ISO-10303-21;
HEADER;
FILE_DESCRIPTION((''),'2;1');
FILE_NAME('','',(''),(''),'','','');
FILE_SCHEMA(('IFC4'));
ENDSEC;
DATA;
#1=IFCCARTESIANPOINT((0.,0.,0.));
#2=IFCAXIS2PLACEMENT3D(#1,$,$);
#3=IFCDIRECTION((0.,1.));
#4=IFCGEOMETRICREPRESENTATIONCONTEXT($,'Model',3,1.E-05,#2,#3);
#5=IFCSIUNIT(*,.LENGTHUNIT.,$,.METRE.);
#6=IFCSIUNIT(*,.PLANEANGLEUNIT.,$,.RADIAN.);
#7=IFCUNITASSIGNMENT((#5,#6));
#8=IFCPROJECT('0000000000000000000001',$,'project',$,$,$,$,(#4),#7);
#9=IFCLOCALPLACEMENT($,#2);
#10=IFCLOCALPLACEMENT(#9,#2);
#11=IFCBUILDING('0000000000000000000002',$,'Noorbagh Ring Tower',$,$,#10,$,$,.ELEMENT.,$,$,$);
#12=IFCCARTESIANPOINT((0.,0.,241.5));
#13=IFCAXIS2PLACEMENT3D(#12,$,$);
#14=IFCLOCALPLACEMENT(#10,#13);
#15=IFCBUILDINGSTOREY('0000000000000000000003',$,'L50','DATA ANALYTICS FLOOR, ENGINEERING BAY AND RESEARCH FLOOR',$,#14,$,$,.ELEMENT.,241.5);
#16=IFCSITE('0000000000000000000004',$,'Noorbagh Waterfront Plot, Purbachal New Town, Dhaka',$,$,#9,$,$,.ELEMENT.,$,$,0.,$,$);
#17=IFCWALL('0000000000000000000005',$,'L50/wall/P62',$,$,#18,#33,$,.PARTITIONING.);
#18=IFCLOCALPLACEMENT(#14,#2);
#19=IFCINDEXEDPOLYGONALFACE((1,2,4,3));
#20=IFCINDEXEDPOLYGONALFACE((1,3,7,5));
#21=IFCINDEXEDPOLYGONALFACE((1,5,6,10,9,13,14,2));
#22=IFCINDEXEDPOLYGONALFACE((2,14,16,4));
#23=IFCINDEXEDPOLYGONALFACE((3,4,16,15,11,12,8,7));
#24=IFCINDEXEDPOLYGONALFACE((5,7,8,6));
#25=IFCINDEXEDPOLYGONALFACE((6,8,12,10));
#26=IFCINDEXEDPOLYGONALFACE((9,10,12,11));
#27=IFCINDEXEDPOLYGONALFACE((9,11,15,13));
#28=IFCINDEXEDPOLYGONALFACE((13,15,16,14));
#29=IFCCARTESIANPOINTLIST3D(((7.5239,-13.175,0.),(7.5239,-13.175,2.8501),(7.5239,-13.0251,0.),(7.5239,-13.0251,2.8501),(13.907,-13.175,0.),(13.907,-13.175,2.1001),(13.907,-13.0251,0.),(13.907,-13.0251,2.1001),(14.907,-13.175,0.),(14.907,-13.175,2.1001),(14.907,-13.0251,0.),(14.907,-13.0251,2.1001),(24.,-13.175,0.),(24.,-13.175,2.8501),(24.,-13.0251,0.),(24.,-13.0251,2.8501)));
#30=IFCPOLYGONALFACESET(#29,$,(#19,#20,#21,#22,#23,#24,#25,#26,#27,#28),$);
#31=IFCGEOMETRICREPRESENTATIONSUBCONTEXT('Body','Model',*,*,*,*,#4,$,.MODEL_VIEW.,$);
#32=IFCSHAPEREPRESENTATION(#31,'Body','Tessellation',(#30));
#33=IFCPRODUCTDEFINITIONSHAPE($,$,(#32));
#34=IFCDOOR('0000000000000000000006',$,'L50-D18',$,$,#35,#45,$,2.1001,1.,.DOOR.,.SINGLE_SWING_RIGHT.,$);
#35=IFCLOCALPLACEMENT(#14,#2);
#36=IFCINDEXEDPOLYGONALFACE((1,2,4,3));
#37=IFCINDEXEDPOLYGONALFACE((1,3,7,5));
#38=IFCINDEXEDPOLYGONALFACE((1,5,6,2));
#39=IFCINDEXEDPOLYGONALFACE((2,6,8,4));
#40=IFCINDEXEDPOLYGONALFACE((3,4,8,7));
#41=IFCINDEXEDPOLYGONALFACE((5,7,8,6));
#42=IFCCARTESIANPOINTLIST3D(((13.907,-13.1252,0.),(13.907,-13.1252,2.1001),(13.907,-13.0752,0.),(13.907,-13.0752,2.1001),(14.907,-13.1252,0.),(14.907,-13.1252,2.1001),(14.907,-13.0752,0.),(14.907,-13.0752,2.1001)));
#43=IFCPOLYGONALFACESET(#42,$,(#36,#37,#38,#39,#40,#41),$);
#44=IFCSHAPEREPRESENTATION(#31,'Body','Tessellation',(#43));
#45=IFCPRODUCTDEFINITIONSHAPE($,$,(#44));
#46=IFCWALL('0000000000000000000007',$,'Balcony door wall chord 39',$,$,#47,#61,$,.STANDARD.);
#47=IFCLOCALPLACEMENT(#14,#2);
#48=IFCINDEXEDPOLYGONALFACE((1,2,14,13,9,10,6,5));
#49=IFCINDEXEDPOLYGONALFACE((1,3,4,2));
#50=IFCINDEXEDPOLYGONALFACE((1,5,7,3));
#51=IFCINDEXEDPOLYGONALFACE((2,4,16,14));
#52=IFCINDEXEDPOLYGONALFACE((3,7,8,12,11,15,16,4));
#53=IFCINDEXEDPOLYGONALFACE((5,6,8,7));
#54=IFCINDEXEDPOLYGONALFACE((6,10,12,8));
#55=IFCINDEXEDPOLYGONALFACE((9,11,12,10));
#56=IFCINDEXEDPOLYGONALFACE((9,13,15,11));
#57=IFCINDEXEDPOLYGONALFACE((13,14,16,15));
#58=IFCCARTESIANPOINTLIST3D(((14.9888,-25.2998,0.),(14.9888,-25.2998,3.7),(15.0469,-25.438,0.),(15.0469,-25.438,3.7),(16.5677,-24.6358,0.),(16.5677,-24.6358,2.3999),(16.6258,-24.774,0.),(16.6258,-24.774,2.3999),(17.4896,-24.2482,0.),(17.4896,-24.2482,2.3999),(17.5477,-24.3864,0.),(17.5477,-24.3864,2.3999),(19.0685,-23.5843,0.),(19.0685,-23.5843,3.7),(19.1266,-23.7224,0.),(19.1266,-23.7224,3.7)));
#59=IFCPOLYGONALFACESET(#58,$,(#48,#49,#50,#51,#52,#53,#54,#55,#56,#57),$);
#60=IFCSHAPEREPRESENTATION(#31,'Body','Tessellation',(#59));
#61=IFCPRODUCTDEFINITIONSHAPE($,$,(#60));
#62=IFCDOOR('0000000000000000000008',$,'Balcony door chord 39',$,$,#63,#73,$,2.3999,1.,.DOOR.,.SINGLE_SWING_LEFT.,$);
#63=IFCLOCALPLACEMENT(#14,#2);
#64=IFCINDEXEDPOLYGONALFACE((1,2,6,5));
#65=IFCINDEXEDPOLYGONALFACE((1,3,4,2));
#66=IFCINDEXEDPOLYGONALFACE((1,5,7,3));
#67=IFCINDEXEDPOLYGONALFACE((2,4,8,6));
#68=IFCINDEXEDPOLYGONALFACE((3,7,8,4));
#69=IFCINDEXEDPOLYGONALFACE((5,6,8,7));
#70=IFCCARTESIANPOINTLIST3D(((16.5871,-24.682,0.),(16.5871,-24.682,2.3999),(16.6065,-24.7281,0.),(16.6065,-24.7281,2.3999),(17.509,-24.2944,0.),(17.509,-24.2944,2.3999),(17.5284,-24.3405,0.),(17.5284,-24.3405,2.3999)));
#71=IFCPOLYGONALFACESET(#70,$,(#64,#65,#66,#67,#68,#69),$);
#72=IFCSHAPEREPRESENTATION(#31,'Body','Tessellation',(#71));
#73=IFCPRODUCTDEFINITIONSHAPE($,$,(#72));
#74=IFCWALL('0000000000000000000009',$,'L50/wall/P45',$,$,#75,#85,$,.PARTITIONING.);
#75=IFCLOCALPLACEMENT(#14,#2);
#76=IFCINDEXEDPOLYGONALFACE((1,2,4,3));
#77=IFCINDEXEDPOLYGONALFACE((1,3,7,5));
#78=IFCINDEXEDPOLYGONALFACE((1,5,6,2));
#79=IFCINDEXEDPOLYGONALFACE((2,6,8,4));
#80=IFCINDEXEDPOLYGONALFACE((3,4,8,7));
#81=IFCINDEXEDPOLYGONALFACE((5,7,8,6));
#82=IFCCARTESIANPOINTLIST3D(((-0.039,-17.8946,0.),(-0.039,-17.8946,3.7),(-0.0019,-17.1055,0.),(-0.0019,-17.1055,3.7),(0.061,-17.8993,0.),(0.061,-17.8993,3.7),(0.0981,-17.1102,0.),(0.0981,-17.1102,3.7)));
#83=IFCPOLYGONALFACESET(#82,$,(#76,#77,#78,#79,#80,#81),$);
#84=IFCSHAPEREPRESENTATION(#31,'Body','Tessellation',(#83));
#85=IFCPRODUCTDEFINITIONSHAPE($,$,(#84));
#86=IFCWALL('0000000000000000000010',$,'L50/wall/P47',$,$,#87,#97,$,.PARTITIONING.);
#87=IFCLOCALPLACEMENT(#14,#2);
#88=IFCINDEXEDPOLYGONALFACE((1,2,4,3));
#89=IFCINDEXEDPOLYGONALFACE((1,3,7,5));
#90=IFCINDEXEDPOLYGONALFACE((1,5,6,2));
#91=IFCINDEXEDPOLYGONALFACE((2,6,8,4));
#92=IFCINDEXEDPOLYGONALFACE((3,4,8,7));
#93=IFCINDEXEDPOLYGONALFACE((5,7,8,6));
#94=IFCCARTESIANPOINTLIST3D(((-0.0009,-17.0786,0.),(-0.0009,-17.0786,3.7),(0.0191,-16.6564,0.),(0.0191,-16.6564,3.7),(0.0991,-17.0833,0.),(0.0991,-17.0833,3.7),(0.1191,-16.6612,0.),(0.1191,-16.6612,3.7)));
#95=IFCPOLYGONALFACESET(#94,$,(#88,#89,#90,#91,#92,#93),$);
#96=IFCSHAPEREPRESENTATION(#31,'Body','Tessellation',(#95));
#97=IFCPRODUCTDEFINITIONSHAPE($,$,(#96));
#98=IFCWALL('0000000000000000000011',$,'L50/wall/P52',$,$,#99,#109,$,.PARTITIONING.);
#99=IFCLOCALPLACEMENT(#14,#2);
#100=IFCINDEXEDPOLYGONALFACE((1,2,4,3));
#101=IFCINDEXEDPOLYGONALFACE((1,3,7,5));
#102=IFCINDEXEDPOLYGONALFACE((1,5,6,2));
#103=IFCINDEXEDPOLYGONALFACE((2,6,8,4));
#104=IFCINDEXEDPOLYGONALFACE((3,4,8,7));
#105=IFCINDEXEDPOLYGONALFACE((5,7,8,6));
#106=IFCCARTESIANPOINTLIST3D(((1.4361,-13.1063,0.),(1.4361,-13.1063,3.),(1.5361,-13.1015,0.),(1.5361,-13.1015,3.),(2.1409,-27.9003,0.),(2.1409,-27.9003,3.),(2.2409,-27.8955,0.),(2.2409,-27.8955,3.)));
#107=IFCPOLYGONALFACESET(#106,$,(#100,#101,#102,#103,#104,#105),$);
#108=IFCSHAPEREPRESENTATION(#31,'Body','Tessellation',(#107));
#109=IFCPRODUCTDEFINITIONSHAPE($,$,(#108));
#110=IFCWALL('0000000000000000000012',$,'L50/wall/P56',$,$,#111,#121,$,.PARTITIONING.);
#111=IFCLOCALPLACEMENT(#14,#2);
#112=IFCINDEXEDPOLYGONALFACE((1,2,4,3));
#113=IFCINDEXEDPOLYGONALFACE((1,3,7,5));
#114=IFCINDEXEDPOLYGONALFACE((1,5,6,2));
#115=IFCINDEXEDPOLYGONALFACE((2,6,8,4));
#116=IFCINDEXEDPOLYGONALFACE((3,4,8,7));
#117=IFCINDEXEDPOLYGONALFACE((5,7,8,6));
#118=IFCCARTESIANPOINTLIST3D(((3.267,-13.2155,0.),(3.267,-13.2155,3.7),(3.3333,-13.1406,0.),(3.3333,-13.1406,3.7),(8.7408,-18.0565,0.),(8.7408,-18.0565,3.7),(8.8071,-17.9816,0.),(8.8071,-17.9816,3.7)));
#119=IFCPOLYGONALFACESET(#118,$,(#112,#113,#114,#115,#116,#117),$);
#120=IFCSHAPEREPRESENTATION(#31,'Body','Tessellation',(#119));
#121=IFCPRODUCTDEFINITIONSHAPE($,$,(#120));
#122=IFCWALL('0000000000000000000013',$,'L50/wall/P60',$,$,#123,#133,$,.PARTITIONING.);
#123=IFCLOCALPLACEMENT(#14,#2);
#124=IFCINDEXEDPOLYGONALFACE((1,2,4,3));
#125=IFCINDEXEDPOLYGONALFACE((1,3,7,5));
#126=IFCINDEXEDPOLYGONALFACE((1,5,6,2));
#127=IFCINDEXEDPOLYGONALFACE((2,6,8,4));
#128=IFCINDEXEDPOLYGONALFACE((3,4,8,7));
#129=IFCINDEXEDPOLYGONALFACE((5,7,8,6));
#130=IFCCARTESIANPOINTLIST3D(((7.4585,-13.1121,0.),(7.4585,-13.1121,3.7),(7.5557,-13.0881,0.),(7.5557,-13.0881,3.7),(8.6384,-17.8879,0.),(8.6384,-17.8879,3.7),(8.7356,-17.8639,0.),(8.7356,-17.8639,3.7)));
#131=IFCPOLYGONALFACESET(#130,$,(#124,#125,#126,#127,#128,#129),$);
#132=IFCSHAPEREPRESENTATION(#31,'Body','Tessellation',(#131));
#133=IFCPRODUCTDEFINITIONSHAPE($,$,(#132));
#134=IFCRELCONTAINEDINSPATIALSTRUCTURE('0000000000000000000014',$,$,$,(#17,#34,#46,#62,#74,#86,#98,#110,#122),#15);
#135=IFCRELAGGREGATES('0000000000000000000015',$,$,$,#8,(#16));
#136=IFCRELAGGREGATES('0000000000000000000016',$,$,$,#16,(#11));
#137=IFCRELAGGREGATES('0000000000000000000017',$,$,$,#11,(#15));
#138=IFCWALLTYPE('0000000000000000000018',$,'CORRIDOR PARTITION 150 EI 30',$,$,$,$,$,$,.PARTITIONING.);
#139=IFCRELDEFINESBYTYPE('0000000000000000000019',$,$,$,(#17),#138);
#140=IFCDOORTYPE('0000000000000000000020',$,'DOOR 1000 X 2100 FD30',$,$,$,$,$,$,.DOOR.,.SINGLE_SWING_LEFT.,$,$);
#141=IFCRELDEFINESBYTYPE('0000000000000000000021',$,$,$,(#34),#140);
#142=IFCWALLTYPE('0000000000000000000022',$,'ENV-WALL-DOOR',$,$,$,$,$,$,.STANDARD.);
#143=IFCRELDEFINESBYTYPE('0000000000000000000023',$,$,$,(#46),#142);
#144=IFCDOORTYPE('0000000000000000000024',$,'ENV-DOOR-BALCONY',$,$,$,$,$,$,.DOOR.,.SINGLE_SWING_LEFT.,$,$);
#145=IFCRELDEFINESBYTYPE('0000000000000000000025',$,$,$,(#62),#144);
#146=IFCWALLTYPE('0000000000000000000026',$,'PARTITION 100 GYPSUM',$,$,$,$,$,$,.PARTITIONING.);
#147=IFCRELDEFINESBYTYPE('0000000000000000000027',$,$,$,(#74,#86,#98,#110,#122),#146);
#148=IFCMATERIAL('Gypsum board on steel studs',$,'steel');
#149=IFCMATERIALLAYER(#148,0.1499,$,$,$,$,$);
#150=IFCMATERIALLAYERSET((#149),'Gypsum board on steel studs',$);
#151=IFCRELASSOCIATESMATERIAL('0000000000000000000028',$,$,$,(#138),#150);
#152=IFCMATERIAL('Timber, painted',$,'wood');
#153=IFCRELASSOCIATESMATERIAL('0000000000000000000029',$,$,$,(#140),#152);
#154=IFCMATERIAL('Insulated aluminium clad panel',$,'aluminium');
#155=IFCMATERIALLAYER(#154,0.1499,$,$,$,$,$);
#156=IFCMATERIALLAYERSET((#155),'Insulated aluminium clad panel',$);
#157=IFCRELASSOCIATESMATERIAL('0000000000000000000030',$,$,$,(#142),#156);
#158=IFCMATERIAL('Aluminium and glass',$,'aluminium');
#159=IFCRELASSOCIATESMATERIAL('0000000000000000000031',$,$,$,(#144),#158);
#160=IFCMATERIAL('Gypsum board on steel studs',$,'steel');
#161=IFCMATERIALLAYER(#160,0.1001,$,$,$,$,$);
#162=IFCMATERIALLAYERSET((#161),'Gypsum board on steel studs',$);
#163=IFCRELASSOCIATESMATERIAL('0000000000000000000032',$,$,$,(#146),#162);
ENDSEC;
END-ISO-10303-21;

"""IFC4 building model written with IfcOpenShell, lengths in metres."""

from ifc_helpers import new_model, si_unit, direction, frame, frame_2d, origin, place, context, subcontext, project, spatial, rectangle, extrude, material, layer, layer_set, type_object, element, fill, save


model = new_model("IFC4")

# Units and contexts
model_context = context("Model", 3, precision=1e-05, world=origin(), true_north=direction((0.0, 1.0)))
body_context = subcontext(model_context, "Body", "Model", "MODEL_VIEW")
ifc_project = project(units=[si_unit("LENGTHUNIT", "METRE"), si_unit("PLANEANGLEUNIT", "RADIAN")], contexts=[model_context])

# Site, building, storey
site_placement = place(None, origin())
site = spatial("IfcSite", under=ifc_project, at=site_placement, Name="Noorbagh Waterfront Plot, Purbachal New Town, Dhaka", CompositionType="ELEMENT", RefElevation=0.0)
building_placement = place(site_placement, origin())
building = spatial("IfcBuilding", under=site, at=building_placement, Name="Noorbagh Ring Tower", CompositionType="ELEMENT")
storey_placement = place(building_placement, frame((0.0, 0.0, 241.5)))
storey = spatial("IfcBuildingStorey", under=building, at=storey_placement, Name="L50", Description="DATA ANALYTICS FLOOR, ENGINEERING BAY AND RESEARCH FLOOR", CompositionType="ELEMENT", Elevation=241.5)

# Shared definitions
ifc_material_1 = material(Name="Gypsum board on steel studs", Category="steel")
ifc_layer_1 = layer(ifc_material_1, 0.1499)
ifc_layer_set_1 = layer_set([ifc_layer_1], Name="Gypsum board on steel studs")
wall_type_1 = type_object("IfcWallType", Name="CORRIDOR PARTITION 150 EI 30", PredefinedType="PARTITIONING", material=ifc_layer_set_1)

# Walls, openings, doors
ifc_material_2 = material(Name="Timber, painted", Category="wood")
door_type_1 = type_object("IfcDoorType", Name="DOOR 1000 X 2100 FD30", OperationType="SINGLE_SWING_LEFT", PredefinedType="DOOR", material=ifc_material_2)
wall_1_placement = place(storey_placement, frame((7.5239, -13.1001, 0.0), z_axis=(0.0, 0.0, 1.0), x_axis=(1.0, 0.0, 0.0)))
wall_1 = element("IfcWall", 1, at=wall_1_placement, inside=storey, type_object=wall_type_1, Name="L50/wall/P62", PredefinedType="PARTITIONING", context=body_context, shape_type="SweptSolid", body=[
    extrude(rectangle(XDim=16.4761, YDim=0.1499, at=frame_2d((8.238, 0.0))), origin(), (0.0, 0.0, 1.0), 2.8501),
])
opening_1_placement = place(wall_1_placement, frame((6.3831, 0.0, 0.0)))
opening_1 = element("IfcOpeningElement", 2, at=opening_1_placement, cuts=wall_1, PredefinedType="OPENING", context=body_context, shape_type="SweptSolid", body=[
    extrude(rectangle(XDim=1.0, YDim=2.1001, at=frame_2d((0.5, 1.05))), frame((0.0, 0.085, 0.0), z_axis=(0.0, -1.0, 0.0), x_axis=(1.0, 0.0, 0.0)), (0.0, 0.0, 1.0), 0.1699),
])
door_1_placement = place(opening_1_placement, origin())
door_1 = element("IfcDoor", 3, at=door_1_placement, inside=storey, type_object=door_type_1, Name="L50-D18", OperationType="SINGLE_SWING_RIGHT", OverallHeight=2.1001, OverallWidth=1.0, PredefinedType="DOOR", context=body_context, shape_type="SweptSolid", body=[
    extrude(rectangle(XDim=1.0, YDim=2.1001, at=frame_2d((0.5, 1.05))), frame((0.0, 0.0249, 0.0), z_axis=(0.0, -1.0, 0.0), x_axis=(1.0, 0.0, 0.0)), (0.0, 0.0, 1.0), 0.05),
])
fill(opening_1, door_1)
ifc_material_3 = material(Name="Insulated aluminium clad panel", Category="aluminium")
ifc_layer_2 = layer(ifc_material_3, 0.1499)
ifc_layer_set_2 = layer_set([ifc_layer_2], Name="Insulated aluminium clad panel")
wall_type_2 = type_object("IfcWallType", Name="ENV-WALL-DOOR", PredefinedType="STANDARD", material=ifc_layer_set_2)
wall_2_placement = place(storey_placement, frame((15.0178, -25.3689, 0.0), z_axis=(0.0, 0.0, 1.0), x_axis=(0.921817, 0.387625, 0.0)))
wall_2 = element("IfcWall", 4, at=wall_2_placement, inside=storey, type_object=wall_type_2, Name="Balcony door wall chord 39", PredefinedType="STANDARD", context=body_context, shape_type="SweptSolid", body=[
    extrude(rectangle(XDim=4.4258, YDim=0.1499, at=frame_2d((2.2129, 0.0))), origin(), (0.0, 0.0, 1.0), 3.7),
])
opening_2_placement = place(wall_2_placement, frame((1.7129, 0.0, 0.0)))
opening_2 = element("IfcOpeningElement", 5, at=opening_2_placement, cuts=wall_2, PredefinedType="OPENING", context=body_context, shape_type="SweptSolid", body=[
    extrude(rectangle(XDim=1.0, YDim=2.3999, at=frame_2d((0.5, 1.2))), frame((0.0, 0.085, 0.0), z_axis=(0.0, -1.0, 0.0), x_axis=(1.0, 0.0, 0.0)), (0.0, 0.0, 1.0), 0.1699),
])
ifc_material_4 = material(Name="Aluminium and glass", Category="aluminium")
door_type_2 = type_object("IfcDoorType", Name="ENV-DOOR-BALCONY", OperationType="SINGLE_SWING_LEFT", PredefinedType="DOOR", material=ifc_material_4)
door_2_placement = place(opening_2_placement, origin())
door_2 = element("IfcDoor", 6, at=door_2_placement, inside=storey, type_object=door_type_2, Name="Balcony door chord 39", OperationType="SINGLE_SWING_LEFT", OverallHeight=2.3999, OverallWidth=1.0, PredefinedType="DOOR", context=body_context, shape_type="SweptSolid", body=[
    extrude(rectangle(XDim=1.0, YDim=2.3999, at=frame_2d((0.5, 1.2))), frame((0.0, 0.0249, 0.0), z_axis=(0.0, -1.0, 0.0), x_axis=(1.0, 0.0, 0.0)), (0.0, 0.0, 1.0), 0.05),
])
fill(opening_2, door_2)

# Walls
ifc_material_5 = material(Name="Gypsum board on steel studs", Category="steel")
ifc_layer_3 = layer(ifc_material_5, 0.1001)
ifc_layer_set_3 = layer_set([ifc_layer_3], Name="Gypsum board on steel studs")
wall_type_3 = type_object("IfcWallType", Name="PARTITION 100 GYPSUM", PredefinedType="PARTITIONING", material=ifc_layer_set_3)
wall_3_placement = place(storey_placement, frame((0.011, -17.897, 0.0), z_axis=(0.0, 0.0, 1.0), x_axis=(0.046978, 0.998896, 0.0)))
element("IfcWall", 7, at=wall_3_placement, inside=storey, type_object=wall_type_3, Name="L50/wall/P45", PredefinedType="PARTITIONING", context=body_context, shape_type="SweptSolid", body=[
    extrude(rectangle(XDim=0.79, YDim=0.1001, at=frame_2d((0.395, 0.0))), origin(), (0.0, 0.0, 1.0), 3.7),
])
wall_4_placement = place(storey_placement, frame((0.0491, -17.0811, 0.0), z_axis=(0.0, 0.0, 1.0), x_axis=(0.047373, 0.998877, 0.0)))
element("IfcWall", 8, at=wall_4_placement, inside=storey, type_object=wall_type_3, Name="L50/wall/P47", PredefinedType="PARTITIONING", context=body_context, shape_type="SweptSolid", body=[
    extrude(rectangle(XDim=0.4226, YDim=0.1001, at=frame_2d((0.2114, 0.0))), origin(), (0.0, 0.0, 1.0), 3.7),
])
wall_5_placement = place(storey_placement, frame((1.4861, -13.104, 0.0), z_axis=(0.0, 0.0, 1.0), x_axis=(0.047589, -0.998867, 0.0)))
element("IfcWall", 9, at=wall_5_placement, inside=storey, type_object=wall_type_3, Name="L50/wall/P52", PredefinedType="PARTITIONING", context=body_context, shape_type="SweptSolid", body=[
    extrude(rectangle(XDim=14.8108, YDim=0.1001, at=frame_2d((7.4053, 0.0))), origin(), (0.0, 0.0, 1.0), 3.0),
])
wall_6_placement = place(storey_placement, frame((3.3, -13.178, 0.0), z_axis=(0.0, 0.0, 1.0), x_axis=(0.749079, -0.662481, 0.0)))
element("IfcWall", 10, at=wall_6_placement, inside=storey, type_object=wall_type_3, Name="L50/wall/P56", PredefinedType="PARTITIONING", context=body_context, shape_type="SweptSolid", body=[
    extrude(rectangle(XDim=7.3074, YDim=0.1001, at=frame_2d((3.6538, 0.0))), origin(), (0.0, 0.0, 1.0), 3.7),
])
wall_7_placement = place(storey_placement, frame((7.5071, -13.1001, 0.0), z_axis=(0.0, 0.0, 1.0), x_axis=(0.239849, -0.97081, 0.0)))
element("IfcWall", 11, at=wall_7_placement, inside=storey, type_object=wall_type_3, Name="L50/wall/P60", PredefinedType="PARTITIONING", context=body_context, shape_type="SweptSolid", body=[
    extrude(rectangle(XDim=4.9194, YDim=0.1001, at=frame_2d((2.4597, 0.0))), origin(), (0.0, 0.0, 1.0), 3.7),
])

save(model, "model.ifc")
